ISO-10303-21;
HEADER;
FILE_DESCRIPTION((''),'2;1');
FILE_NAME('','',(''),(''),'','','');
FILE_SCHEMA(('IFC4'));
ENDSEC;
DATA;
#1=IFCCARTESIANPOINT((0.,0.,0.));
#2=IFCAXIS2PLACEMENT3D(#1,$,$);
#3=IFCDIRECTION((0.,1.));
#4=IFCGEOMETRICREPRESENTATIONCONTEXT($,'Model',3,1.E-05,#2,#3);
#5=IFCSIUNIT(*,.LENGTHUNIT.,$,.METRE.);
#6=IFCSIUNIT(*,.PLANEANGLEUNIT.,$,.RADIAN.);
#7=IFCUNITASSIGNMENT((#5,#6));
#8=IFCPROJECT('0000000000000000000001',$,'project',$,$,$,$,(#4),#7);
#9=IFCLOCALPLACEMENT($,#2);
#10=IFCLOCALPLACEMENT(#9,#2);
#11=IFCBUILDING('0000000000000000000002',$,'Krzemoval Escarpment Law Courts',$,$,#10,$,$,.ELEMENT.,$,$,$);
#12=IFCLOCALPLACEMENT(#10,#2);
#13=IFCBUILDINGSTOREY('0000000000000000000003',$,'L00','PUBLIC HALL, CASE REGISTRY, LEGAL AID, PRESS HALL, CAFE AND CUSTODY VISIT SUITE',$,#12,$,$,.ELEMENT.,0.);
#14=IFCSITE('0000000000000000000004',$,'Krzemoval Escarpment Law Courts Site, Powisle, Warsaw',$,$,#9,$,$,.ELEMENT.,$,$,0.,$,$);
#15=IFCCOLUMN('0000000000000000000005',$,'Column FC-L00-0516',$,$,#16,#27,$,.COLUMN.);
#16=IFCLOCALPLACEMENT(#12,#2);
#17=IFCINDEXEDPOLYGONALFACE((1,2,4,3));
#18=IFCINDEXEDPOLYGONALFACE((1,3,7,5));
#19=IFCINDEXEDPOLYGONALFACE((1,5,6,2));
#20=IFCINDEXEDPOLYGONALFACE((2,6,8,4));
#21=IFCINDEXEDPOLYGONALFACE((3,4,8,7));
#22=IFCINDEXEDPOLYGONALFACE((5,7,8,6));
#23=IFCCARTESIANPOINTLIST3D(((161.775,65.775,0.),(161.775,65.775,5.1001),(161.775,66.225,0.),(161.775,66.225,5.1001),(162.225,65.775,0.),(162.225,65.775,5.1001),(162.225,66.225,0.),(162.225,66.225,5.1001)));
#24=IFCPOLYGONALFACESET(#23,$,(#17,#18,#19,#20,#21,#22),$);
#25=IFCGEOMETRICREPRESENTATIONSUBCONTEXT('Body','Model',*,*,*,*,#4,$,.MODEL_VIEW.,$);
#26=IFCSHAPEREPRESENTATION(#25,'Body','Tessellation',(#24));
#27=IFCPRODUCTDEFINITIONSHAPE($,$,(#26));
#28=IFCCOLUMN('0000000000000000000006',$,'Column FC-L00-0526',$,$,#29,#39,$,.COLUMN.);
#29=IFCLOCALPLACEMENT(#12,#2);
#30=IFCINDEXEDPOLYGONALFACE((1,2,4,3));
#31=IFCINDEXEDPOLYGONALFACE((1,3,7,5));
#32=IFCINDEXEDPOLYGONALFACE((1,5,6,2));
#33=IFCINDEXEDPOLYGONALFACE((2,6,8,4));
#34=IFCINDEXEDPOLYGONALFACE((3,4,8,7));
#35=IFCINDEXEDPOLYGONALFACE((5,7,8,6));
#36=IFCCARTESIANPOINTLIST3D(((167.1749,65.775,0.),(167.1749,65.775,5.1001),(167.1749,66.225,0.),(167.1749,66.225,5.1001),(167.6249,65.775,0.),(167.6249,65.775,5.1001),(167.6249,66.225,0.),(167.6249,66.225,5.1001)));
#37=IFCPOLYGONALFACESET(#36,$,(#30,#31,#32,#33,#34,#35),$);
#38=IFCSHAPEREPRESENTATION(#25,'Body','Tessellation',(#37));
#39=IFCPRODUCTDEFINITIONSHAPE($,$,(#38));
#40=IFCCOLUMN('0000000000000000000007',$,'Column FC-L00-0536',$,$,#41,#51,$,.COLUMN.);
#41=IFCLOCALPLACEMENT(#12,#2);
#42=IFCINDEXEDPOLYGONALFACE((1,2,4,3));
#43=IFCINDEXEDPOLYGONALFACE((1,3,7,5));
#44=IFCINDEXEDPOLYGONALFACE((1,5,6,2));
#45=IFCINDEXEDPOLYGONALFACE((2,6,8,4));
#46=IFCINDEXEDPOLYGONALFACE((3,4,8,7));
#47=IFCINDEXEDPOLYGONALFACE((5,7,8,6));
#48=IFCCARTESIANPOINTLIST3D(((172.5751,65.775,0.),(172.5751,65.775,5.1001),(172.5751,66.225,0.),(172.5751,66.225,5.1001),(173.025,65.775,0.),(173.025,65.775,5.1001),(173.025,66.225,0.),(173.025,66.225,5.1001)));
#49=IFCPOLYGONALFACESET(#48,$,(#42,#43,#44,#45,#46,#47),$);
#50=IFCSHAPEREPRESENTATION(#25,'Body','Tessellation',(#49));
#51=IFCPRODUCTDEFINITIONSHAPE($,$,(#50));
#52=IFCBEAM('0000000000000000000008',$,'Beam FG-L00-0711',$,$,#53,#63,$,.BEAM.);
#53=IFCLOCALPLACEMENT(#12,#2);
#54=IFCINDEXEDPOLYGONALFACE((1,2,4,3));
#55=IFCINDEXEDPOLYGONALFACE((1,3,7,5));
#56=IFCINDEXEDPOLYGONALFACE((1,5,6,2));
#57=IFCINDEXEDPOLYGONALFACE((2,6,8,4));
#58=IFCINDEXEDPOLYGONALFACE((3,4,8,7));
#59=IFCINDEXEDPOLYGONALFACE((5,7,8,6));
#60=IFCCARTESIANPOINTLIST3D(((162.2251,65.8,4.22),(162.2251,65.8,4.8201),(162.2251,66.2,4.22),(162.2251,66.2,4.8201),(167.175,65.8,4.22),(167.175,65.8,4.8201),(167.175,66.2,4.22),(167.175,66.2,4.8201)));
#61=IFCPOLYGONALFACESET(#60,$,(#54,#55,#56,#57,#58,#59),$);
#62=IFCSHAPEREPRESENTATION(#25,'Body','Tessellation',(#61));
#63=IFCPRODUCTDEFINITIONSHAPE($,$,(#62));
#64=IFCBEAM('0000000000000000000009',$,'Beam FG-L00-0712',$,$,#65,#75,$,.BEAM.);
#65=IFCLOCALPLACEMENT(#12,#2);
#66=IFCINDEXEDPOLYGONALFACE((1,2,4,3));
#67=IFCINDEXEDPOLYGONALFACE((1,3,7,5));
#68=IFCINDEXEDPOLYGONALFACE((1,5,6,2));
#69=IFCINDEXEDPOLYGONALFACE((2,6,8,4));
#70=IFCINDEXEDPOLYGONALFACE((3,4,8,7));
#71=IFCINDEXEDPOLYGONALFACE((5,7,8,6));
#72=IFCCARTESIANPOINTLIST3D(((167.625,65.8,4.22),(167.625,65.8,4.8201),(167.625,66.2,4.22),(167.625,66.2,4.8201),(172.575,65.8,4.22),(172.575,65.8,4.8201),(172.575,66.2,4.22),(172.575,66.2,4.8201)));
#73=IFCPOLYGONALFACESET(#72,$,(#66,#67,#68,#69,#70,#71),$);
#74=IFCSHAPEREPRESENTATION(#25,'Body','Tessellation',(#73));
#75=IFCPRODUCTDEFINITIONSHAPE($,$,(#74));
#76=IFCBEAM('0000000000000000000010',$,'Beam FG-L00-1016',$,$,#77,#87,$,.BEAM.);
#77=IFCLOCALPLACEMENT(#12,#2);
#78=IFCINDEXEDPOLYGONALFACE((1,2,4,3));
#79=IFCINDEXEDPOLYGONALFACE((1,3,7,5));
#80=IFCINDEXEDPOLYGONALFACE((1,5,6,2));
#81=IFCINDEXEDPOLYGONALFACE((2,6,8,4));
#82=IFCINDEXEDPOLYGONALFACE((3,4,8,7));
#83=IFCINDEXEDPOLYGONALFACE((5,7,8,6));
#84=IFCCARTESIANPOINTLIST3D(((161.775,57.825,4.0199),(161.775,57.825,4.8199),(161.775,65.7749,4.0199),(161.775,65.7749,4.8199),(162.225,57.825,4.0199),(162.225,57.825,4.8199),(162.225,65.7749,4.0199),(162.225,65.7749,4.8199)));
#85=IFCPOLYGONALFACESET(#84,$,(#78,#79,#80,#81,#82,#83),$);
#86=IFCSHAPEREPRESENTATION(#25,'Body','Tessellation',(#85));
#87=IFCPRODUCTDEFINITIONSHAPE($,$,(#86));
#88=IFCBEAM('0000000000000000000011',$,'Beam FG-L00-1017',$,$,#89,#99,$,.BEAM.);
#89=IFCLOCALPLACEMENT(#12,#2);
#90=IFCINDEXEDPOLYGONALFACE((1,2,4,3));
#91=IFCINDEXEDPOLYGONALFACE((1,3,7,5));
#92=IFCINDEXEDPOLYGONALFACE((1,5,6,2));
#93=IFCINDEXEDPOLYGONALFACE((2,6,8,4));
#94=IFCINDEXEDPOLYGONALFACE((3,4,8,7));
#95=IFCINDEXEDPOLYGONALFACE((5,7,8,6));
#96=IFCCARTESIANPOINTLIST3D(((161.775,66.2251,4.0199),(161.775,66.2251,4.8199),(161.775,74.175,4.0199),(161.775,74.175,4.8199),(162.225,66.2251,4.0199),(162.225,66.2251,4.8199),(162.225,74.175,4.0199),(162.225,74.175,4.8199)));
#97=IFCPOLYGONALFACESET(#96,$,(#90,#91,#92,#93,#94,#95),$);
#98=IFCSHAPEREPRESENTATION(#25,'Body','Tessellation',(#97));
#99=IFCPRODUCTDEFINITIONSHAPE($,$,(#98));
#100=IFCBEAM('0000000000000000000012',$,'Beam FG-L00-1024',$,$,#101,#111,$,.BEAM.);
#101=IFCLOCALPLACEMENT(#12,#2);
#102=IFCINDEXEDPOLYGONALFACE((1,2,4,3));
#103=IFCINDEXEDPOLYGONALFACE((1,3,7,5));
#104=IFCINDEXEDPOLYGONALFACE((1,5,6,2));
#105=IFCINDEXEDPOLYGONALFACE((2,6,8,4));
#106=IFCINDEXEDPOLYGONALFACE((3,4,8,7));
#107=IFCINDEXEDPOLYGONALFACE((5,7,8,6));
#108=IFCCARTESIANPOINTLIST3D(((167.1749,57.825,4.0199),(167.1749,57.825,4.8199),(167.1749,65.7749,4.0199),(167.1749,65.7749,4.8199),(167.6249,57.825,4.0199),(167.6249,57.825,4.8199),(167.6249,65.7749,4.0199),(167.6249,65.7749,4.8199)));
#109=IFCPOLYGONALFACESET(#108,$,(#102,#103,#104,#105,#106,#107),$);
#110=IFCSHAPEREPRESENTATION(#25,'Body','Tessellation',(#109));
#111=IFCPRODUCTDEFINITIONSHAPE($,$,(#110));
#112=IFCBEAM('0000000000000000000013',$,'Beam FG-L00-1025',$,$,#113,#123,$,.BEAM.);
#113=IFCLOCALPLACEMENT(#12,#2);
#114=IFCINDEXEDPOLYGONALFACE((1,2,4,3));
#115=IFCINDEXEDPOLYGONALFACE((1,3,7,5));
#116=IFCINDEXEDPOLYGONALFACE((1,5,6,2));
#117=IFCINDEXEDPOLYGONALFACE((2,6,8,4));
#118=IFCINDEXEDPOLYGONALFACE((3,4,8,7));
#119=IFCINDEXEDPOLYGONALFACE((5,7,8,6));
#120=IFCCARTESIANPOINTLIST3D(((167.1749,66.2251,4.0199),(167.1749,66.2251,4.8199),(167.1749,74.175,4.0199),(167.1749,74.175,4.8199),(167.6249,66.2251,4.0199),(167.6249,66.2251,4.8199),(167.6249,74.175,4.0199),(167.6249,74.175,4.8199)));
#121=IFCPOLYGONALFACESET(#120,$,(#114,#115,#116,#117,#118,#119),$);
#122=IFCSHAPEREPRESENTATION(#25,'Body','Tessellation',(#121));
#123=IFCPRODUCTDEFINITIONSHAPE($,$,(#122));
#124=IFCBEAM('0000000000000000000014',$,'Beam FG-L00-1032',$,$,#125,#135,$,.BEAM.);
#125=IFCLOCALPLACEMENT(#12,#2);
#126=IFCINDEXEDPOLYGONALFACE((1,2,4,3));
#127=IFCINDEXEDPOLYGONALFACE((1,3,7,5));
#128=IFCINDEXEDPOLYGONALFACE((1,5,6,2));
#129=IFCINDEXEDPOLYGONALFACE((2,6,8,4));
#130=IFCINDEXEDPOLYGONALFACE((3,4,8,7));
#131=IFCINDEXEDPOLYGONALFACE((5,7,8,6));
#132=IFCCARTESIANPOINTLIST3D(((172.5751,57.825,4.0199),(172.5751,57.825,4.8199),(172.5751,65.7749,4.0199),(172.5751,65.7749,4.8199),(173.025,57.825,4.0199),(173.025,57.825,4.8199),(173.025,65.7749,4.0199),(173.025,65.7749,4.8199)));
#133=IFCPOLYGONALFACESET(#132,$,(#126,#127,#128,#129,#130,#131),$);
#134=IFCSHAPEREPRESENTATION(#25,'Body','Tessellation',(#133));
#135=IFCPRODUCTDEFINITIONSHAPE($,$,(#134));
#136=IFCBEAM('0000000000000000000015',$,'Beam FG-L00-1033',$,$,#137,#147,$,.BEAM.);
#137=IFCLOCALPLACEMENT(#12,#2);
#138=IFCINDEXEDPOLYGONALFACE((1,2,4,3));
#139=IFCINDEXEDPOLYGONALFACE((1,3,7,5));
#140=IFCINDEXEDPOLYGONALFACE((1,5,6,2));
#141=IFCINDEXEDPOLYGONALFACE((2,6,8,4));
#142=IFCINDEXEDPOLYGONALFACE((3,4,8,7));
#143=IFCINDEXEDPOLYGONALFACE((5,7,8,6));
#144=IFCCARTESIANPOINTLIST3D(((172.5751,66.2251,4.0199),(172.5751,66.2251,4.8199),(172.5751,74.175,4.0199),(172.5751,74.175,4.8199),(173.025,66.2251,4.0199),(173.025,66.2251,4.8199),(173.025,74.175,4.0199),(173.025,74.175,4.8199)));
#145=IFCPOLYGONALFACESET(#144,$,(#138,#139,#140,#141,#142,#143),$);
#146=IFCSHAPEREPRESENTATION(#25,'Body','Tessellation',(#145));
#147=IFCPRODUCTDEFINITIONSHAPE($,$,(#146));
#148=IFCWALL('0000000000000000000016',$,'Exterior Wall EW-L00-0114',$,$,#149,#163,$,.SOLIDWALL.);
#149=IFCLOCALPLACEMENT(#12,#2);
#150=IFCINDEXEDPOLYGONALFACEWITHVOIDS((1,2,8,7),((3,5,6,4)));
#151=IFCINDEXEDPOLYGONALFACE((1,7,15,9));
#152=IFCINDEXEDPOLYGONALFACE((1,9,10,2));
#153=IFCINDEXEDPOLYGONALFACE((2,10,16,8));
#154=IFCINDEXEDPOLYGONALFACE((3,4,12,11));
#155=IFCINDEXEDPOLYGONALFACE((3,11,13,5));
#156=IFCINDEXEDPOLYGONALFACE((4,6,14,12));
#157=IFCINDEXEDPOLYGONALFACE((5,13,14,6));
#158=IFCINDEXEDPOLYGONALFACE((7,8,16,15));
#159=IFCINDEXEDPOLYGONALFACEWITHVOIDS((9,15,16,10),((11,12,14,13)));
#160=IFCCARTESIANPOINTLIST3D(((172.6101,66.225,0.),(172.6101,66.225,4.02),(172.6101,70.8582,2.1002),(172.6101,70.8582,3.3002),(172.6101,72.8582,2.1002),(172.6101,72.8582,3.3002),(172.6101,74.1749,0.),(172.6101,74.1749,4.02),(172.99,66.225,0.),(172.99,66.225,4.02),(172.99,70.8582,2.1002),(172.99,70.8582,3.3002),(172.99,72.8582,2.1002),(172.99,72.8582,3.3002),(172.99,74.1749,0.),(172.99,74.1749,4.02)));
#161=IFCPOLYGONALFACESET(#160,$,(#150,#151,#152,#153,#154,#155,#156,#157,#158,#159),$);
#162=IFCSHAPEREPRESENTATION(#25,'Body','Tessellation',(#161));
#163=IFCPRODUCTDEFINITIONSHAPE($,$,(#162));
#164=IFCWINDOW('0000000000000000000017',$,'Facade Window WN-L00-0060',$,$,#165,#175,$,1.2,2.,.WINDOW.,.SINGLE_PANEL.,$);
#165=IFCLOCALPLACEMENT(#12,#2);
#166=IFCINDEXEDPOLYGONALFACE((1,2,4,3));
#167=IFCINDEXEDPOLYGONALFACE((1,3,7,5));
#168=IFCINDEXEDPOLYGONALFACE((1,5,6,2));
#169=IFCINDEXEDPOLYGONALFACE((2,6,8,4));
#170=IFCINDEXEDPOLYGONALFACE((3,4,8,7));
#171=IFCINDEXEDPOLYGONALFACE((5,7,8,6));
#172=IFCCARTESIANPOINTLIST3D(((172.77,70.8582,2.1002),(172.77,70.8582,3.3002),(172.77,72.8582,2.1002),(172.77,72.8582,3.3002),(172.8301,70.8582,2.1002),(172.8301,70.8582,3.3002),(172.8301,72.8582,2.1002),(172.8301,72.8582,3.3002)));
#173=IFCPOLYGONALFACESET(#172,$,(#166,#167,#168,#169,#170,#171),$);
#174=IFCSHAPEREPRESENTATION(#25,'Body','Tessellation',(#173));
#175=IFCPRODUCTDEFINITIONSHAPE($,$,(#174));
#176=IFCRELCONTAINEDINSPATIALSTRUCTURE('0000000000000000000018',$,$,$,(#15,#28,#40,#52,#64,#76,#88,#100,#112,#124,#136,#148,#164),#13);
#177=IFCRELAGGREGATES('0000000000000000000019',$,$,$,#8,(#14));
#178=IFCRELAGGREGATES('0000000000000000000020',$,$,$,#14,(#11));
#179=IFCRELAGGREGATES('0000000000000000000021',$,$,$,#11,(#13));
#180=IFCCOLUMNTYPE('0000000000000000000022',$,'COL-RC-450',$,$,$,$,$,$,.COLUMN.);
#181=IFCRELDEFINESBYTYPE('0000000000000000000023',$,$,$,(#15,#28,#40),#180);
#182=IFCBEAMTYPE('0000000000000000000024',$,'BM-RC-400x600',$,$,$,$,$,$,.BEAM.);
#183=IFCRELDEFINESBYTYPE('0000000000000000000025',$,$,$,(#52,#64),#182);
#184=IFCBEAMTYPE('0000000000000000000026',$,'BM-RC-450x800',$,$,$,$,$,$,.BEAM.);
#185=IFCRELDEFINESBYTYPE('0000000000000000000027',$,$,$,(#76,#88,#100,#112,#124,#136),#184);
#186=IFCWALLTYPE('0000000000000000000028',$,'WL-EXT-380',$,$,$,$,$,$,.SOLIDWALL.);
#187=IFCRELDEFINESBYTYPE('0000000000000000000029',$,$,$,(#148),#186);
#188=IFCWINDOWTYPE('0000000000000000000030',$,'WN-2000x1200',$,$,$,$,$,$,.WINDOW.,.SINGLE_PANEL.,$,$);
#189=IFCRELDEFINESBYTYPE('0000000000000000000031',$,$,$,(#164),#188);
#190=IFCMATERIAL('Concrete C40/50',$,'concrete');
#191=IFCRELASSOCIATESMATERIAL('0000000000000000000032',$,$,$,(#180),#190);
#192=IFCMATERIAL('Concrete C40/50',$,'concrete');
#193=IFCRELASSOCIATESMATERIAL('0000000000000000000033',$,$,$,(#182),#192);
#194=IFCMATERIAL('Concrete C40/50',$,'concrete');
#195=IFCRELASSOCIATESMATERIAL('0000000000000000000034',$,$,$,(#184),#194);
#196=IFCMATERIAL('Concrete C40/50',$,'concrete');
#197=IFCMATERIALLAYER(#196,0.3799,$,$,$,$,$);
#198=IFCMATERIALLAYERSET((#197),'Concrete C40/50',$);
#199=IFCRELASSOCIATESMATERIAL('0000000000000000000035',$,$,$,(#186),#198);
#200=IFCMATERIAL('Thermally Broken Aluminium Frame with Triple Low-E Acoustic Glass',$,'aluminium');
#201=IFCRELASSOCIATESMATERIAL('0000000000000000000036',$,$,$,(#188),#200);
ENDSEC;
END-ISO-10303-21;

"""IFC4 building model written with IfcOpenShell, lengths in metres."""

from ifc_helpers import new_model, si_unit, direction, frame, frame_2d, origin, origin_2d, place, context, subcontext, project, spatial, rectangle, extrude, material, layer, layer_set, material_profile, profile_set, type_object, element, fill, save


model = new_model("IFC4")

# Units and contexts
model_context = context("Model", 3, precision=1e-05, world=origin(), true_north=direction((0.0, 1.0)))
body_context = subcontext(model_context, "Body", "Model", "MODEL_VIEW")
ifc_project = project(units=[si_unit("LENGTHUNIT", "METRE"), si_unit("PLANEANGLEUNIT", "RADIAN")], contexts=[model_context])

# Site, building, storey
site_placement = place(None, origin())
site = spatial("IfcSite", under=ifc_project, at=site_placement, Name="Krzemoval Escarpment Law Courts Site, Powisle, Warsaw", CompositionType="ELEMENT", RefElevation=0.0)
building_placement = place(site_placement, origin())
building = spatial("IfcBuilding", under=site, at=building_placement, Name="Krzemoval Escarpment Law Courts", CompositionType="ELEMENT")
storey_placement = place(building_placement, origin())
storey = spatial("IfcBuildingStorey", under=building, at=storey_placement, Name="L00", Description="PUBLIC HALL, CASE REGISTRY, LEGAL AID, PRESS HALL, CAFE AND CUSTODY VISIT SUITE", CompositionType="ELEMENT", Elevation=0.0)

# Columns
ifc_material_1 = material(Name="Concrete C40/50", Category="concrete")
ifc_material_profile_1 = material_profile(ifc_material_1, rectangle(XDim=0.45, YDim=0.45, at=origin_2d()), Name="RC 450x450")
ifc_profile_set_1 = profile_set([ifc_material_profile_1], Name="Concrete C40/50")
column_type = type_object("IfcColumnType", Name="COL-RC-450", PredefinedType="COLUMN", material=ifc_profile_set_1)
for number, where, z_axis, x_axis, name in (
    (1, (162.0, 66.0, 0.0), (0.0, 0.0, 1.0), (1.0, 0.0, 0.0), "Column FC-L00-0516"),
    (2, (167.3999, 66.0, 0.0), (0.0, 0.0, 1.0), (1.0, 0.0, 0.0), "Column FC-L00-0526"),
    (3, (172.8, 66.0, 0.0), (0.0, 0.0, 1.0), (1.0, 0.0, 0.0), "Column FC-L00-0536"),
):
    element("IfcColumn", number, at=place(storey_placement, frame(where, z_axis=z_axis, x_axis=x_axis)), inside=storey, type_object=column_type, Name=name, PredefinedType="COLUMN", context=body_context, shape_type="SweptSolid", body=[
        extrude(rectangle(XDim=0.45, YDim=0.45, at=origin_2d()), origin(), (0.0, 0.0, 1.0), 5.1001),
    ])

# Beams
ifc_material_2 = material(Name="Concrete C40/50", Category="concrete")
ifc_material_profile_2 = material_profile(ifc_material_2, rectangle(XDim=0.3999, YDim=0.6001, at=origin_2d()), Name="RCB 400x600")
ifc_profile_set_2 = profile_set([ifc_material_profile_2], Name="Concrete C40/50")
beam_type_1 = type_object("IfcBeamType", Name="BM-RC-400x600", PredefinedType="BEAM", material=ifc_profile_set_2)
for number, where, z_axis, x_axis, name in (
    (4, (162.2251, 66.0, 4.52), (1.0, 0.0, 0.0), (0.0, 1.0, 0.0), "Beam FG-L00-0711"),
    (5, (167.625, 66.0, 4.52), (1.0, 0.0, 0.0), (0.0, 1.0, 0.0), "Beam FG-L00-0712"),
):
    element("IfcBeam", number, at=place(storey_placement, frame(where, z_axis=z_axis, x_axis=x_axis)), inside=storey, type_object=beam_type_1, Name=name, PredefinedType="BEAM", context=body_context, shape_type="SweptSolid", body=[
        extrude(rectangle(XDim=0.3999, YDim=0.6001, at=origin_2d()), origin(), (0.0, 0.0, 1.0), 4.95),
    ])
ifc_material_3 = material(Name="Concrete C40/50", Category="concrete")
ifc_material_profile_3 = material_profile(ifc_material_3, rectangle(XDim=0.45, YDim=0.8, at=origin_2d()), Name="RCB 450x800")
ifc_profile_set_3 = profile_set([ifc_material_profile_3], Name="Concrete C40/50")
beam_type_2 = type_object("IfcBeamType", Name="BM-RC-450x800", PredefinedType="BEAM", material=ifc_profile_set_3)
for number, where, z_axis, x_axis, name in (
    (6, (162.0, 57.825, 4.4199), (0.0, 1.0, 0.0), (-1.0, 0.0, 0.0), "Beam FG-L00-1016"),
    (7, (162.0, 66.2251, 4.4199), (0.0, 1.0, 0.0), (-1.0, 0.0, 0.0), "Beam FG-L00-1017"),
    (8, (167.3999, 57.825, 4.4199), (0.0, 1.0, 0.0), (-1.0, 0.0, 0.0), "Beam FG-L00-1024"),
    (9, (167.3999, 66.2251, 4.4199), (0.0, 1.0, 0.0), (-1.0, 0.0, 0.0), "Beam FG-L00-1025"),
    (10, (172.8, 57.825, 4.4199), (0.0, 1.0, 0.0), (-1.0, 0.0, 0.0), "Beam FG-L00-1032"),
    (11, (172.8, 66.2251, 4.4199), (0.0, 1.0, 0.0), (-1.0, 0.0, 0.0), "Beam FG-L00-1033"),
):
    element("IfcBeam", number, at=place(storey_placement, frame(where, z_axis=z_axis, x_axis=x_axis)), inside=storey, type_object=beam_type_2, Name=name, PredefinedType="BEAM", context=body_context, shape_type="SweptSolid", body=[
        extrude(rectangle(XDim=0.45, YDim=0.8, at=origin_2d()), origin(), (0.0, 0.0, 1.0), 7.95),
    ])

# Wall, opening, window
ifc_material_4 = material(Name="Concrete C40/50", Category="concrete")
ifc_layer_1 = layer(ifc_material_4, 0.3799)
ifc_layer_set_1 = layer_set([ifc_layer_1], Name="Concrete C40/50")
wall_type_1 = type_object("IfcWallType", Name="WL-EXT-380", PredefinedType="SOLIDWALL", material=ifc_layer_set_1)
wall_1_placement = place(storey_placement, frame((172.8, 74.175, 0.0), z_axis=(0.0, 0.0, 1.0), x_axis=(0.0, -1.0, 0.0)))
wall_1 = element("IfcWall", 12, at=wall_1_placement, inside=storey, type_object=wall_type_1, Name="Exterior Wall EW-L00-0114", PredefinedType="SOLIDWALL", context=body_context, shape_type="SweptSolid", body=[
    extrude(rectangle(XDim=7.95, YDim=0.3799, at=frame_2d((3.9751, 0.0))), origin(), (0.0, 0.0, 1.0), 4.02),
])
opening_1_placement = place(wall_1_placement, frame((1.3169, 0.0, 2.1001)))
opening_1 = element("IfcOpeningElement", 13, at=opening_1_placement, cuts=wall_1, PredefinedType="OPENING", context=body_context, shape_type="SweptSolid", body=[
    extrude(rectangle(XDim=2.0, YDim=1.2, at=frame_2d((1.0, 0.6001))), frame((0.0, 0.2049, 0.0), z_axis=(0.0, -1.0, 0.0), x_axis=(1.0, 0.0, 0.0)), (0.0, 0.0, 1.0), 0.4099),
])
ifc_material_5 = material(Name="Thermally Broken Aluminium Frame with Triple Low-E Acoustic Glass", Category="aluminium")
window_type = type_object("IfcWindowType", Name="WN-2000x1200", PartitioningType="SINGLE_PANEL", PredefinedType="WINDOW", material=ifc_material_5)
window_1_placement = place(opening_1_placement, origin())
window_1 = element("IfcWindow", 14, at=window_1_placement, inside=storey, type_object=window_type, Name="Facade Window WN-L00-0060", OverallHeight=1.2, OverallWidth=2.0, PartitioningType="SINGLE_PANEL", PredefinedType="WINDOW", context=body_context, shape_type="SweptSolid", body=[
    extrude(rectangle(XDim=2.0, YDim=1.2, at=frame_2d((1.0, 0.6001))), frame((0.0, 0.03, 0.0), z_axis=(0.0, -1.0, 0.0), x_axis=(1.0, 0.0, 0.0)), (0.0, 0.0, 1.0), 0.0601),
])
fill(opening_1, window_1)

save(model, "model.ifc")
